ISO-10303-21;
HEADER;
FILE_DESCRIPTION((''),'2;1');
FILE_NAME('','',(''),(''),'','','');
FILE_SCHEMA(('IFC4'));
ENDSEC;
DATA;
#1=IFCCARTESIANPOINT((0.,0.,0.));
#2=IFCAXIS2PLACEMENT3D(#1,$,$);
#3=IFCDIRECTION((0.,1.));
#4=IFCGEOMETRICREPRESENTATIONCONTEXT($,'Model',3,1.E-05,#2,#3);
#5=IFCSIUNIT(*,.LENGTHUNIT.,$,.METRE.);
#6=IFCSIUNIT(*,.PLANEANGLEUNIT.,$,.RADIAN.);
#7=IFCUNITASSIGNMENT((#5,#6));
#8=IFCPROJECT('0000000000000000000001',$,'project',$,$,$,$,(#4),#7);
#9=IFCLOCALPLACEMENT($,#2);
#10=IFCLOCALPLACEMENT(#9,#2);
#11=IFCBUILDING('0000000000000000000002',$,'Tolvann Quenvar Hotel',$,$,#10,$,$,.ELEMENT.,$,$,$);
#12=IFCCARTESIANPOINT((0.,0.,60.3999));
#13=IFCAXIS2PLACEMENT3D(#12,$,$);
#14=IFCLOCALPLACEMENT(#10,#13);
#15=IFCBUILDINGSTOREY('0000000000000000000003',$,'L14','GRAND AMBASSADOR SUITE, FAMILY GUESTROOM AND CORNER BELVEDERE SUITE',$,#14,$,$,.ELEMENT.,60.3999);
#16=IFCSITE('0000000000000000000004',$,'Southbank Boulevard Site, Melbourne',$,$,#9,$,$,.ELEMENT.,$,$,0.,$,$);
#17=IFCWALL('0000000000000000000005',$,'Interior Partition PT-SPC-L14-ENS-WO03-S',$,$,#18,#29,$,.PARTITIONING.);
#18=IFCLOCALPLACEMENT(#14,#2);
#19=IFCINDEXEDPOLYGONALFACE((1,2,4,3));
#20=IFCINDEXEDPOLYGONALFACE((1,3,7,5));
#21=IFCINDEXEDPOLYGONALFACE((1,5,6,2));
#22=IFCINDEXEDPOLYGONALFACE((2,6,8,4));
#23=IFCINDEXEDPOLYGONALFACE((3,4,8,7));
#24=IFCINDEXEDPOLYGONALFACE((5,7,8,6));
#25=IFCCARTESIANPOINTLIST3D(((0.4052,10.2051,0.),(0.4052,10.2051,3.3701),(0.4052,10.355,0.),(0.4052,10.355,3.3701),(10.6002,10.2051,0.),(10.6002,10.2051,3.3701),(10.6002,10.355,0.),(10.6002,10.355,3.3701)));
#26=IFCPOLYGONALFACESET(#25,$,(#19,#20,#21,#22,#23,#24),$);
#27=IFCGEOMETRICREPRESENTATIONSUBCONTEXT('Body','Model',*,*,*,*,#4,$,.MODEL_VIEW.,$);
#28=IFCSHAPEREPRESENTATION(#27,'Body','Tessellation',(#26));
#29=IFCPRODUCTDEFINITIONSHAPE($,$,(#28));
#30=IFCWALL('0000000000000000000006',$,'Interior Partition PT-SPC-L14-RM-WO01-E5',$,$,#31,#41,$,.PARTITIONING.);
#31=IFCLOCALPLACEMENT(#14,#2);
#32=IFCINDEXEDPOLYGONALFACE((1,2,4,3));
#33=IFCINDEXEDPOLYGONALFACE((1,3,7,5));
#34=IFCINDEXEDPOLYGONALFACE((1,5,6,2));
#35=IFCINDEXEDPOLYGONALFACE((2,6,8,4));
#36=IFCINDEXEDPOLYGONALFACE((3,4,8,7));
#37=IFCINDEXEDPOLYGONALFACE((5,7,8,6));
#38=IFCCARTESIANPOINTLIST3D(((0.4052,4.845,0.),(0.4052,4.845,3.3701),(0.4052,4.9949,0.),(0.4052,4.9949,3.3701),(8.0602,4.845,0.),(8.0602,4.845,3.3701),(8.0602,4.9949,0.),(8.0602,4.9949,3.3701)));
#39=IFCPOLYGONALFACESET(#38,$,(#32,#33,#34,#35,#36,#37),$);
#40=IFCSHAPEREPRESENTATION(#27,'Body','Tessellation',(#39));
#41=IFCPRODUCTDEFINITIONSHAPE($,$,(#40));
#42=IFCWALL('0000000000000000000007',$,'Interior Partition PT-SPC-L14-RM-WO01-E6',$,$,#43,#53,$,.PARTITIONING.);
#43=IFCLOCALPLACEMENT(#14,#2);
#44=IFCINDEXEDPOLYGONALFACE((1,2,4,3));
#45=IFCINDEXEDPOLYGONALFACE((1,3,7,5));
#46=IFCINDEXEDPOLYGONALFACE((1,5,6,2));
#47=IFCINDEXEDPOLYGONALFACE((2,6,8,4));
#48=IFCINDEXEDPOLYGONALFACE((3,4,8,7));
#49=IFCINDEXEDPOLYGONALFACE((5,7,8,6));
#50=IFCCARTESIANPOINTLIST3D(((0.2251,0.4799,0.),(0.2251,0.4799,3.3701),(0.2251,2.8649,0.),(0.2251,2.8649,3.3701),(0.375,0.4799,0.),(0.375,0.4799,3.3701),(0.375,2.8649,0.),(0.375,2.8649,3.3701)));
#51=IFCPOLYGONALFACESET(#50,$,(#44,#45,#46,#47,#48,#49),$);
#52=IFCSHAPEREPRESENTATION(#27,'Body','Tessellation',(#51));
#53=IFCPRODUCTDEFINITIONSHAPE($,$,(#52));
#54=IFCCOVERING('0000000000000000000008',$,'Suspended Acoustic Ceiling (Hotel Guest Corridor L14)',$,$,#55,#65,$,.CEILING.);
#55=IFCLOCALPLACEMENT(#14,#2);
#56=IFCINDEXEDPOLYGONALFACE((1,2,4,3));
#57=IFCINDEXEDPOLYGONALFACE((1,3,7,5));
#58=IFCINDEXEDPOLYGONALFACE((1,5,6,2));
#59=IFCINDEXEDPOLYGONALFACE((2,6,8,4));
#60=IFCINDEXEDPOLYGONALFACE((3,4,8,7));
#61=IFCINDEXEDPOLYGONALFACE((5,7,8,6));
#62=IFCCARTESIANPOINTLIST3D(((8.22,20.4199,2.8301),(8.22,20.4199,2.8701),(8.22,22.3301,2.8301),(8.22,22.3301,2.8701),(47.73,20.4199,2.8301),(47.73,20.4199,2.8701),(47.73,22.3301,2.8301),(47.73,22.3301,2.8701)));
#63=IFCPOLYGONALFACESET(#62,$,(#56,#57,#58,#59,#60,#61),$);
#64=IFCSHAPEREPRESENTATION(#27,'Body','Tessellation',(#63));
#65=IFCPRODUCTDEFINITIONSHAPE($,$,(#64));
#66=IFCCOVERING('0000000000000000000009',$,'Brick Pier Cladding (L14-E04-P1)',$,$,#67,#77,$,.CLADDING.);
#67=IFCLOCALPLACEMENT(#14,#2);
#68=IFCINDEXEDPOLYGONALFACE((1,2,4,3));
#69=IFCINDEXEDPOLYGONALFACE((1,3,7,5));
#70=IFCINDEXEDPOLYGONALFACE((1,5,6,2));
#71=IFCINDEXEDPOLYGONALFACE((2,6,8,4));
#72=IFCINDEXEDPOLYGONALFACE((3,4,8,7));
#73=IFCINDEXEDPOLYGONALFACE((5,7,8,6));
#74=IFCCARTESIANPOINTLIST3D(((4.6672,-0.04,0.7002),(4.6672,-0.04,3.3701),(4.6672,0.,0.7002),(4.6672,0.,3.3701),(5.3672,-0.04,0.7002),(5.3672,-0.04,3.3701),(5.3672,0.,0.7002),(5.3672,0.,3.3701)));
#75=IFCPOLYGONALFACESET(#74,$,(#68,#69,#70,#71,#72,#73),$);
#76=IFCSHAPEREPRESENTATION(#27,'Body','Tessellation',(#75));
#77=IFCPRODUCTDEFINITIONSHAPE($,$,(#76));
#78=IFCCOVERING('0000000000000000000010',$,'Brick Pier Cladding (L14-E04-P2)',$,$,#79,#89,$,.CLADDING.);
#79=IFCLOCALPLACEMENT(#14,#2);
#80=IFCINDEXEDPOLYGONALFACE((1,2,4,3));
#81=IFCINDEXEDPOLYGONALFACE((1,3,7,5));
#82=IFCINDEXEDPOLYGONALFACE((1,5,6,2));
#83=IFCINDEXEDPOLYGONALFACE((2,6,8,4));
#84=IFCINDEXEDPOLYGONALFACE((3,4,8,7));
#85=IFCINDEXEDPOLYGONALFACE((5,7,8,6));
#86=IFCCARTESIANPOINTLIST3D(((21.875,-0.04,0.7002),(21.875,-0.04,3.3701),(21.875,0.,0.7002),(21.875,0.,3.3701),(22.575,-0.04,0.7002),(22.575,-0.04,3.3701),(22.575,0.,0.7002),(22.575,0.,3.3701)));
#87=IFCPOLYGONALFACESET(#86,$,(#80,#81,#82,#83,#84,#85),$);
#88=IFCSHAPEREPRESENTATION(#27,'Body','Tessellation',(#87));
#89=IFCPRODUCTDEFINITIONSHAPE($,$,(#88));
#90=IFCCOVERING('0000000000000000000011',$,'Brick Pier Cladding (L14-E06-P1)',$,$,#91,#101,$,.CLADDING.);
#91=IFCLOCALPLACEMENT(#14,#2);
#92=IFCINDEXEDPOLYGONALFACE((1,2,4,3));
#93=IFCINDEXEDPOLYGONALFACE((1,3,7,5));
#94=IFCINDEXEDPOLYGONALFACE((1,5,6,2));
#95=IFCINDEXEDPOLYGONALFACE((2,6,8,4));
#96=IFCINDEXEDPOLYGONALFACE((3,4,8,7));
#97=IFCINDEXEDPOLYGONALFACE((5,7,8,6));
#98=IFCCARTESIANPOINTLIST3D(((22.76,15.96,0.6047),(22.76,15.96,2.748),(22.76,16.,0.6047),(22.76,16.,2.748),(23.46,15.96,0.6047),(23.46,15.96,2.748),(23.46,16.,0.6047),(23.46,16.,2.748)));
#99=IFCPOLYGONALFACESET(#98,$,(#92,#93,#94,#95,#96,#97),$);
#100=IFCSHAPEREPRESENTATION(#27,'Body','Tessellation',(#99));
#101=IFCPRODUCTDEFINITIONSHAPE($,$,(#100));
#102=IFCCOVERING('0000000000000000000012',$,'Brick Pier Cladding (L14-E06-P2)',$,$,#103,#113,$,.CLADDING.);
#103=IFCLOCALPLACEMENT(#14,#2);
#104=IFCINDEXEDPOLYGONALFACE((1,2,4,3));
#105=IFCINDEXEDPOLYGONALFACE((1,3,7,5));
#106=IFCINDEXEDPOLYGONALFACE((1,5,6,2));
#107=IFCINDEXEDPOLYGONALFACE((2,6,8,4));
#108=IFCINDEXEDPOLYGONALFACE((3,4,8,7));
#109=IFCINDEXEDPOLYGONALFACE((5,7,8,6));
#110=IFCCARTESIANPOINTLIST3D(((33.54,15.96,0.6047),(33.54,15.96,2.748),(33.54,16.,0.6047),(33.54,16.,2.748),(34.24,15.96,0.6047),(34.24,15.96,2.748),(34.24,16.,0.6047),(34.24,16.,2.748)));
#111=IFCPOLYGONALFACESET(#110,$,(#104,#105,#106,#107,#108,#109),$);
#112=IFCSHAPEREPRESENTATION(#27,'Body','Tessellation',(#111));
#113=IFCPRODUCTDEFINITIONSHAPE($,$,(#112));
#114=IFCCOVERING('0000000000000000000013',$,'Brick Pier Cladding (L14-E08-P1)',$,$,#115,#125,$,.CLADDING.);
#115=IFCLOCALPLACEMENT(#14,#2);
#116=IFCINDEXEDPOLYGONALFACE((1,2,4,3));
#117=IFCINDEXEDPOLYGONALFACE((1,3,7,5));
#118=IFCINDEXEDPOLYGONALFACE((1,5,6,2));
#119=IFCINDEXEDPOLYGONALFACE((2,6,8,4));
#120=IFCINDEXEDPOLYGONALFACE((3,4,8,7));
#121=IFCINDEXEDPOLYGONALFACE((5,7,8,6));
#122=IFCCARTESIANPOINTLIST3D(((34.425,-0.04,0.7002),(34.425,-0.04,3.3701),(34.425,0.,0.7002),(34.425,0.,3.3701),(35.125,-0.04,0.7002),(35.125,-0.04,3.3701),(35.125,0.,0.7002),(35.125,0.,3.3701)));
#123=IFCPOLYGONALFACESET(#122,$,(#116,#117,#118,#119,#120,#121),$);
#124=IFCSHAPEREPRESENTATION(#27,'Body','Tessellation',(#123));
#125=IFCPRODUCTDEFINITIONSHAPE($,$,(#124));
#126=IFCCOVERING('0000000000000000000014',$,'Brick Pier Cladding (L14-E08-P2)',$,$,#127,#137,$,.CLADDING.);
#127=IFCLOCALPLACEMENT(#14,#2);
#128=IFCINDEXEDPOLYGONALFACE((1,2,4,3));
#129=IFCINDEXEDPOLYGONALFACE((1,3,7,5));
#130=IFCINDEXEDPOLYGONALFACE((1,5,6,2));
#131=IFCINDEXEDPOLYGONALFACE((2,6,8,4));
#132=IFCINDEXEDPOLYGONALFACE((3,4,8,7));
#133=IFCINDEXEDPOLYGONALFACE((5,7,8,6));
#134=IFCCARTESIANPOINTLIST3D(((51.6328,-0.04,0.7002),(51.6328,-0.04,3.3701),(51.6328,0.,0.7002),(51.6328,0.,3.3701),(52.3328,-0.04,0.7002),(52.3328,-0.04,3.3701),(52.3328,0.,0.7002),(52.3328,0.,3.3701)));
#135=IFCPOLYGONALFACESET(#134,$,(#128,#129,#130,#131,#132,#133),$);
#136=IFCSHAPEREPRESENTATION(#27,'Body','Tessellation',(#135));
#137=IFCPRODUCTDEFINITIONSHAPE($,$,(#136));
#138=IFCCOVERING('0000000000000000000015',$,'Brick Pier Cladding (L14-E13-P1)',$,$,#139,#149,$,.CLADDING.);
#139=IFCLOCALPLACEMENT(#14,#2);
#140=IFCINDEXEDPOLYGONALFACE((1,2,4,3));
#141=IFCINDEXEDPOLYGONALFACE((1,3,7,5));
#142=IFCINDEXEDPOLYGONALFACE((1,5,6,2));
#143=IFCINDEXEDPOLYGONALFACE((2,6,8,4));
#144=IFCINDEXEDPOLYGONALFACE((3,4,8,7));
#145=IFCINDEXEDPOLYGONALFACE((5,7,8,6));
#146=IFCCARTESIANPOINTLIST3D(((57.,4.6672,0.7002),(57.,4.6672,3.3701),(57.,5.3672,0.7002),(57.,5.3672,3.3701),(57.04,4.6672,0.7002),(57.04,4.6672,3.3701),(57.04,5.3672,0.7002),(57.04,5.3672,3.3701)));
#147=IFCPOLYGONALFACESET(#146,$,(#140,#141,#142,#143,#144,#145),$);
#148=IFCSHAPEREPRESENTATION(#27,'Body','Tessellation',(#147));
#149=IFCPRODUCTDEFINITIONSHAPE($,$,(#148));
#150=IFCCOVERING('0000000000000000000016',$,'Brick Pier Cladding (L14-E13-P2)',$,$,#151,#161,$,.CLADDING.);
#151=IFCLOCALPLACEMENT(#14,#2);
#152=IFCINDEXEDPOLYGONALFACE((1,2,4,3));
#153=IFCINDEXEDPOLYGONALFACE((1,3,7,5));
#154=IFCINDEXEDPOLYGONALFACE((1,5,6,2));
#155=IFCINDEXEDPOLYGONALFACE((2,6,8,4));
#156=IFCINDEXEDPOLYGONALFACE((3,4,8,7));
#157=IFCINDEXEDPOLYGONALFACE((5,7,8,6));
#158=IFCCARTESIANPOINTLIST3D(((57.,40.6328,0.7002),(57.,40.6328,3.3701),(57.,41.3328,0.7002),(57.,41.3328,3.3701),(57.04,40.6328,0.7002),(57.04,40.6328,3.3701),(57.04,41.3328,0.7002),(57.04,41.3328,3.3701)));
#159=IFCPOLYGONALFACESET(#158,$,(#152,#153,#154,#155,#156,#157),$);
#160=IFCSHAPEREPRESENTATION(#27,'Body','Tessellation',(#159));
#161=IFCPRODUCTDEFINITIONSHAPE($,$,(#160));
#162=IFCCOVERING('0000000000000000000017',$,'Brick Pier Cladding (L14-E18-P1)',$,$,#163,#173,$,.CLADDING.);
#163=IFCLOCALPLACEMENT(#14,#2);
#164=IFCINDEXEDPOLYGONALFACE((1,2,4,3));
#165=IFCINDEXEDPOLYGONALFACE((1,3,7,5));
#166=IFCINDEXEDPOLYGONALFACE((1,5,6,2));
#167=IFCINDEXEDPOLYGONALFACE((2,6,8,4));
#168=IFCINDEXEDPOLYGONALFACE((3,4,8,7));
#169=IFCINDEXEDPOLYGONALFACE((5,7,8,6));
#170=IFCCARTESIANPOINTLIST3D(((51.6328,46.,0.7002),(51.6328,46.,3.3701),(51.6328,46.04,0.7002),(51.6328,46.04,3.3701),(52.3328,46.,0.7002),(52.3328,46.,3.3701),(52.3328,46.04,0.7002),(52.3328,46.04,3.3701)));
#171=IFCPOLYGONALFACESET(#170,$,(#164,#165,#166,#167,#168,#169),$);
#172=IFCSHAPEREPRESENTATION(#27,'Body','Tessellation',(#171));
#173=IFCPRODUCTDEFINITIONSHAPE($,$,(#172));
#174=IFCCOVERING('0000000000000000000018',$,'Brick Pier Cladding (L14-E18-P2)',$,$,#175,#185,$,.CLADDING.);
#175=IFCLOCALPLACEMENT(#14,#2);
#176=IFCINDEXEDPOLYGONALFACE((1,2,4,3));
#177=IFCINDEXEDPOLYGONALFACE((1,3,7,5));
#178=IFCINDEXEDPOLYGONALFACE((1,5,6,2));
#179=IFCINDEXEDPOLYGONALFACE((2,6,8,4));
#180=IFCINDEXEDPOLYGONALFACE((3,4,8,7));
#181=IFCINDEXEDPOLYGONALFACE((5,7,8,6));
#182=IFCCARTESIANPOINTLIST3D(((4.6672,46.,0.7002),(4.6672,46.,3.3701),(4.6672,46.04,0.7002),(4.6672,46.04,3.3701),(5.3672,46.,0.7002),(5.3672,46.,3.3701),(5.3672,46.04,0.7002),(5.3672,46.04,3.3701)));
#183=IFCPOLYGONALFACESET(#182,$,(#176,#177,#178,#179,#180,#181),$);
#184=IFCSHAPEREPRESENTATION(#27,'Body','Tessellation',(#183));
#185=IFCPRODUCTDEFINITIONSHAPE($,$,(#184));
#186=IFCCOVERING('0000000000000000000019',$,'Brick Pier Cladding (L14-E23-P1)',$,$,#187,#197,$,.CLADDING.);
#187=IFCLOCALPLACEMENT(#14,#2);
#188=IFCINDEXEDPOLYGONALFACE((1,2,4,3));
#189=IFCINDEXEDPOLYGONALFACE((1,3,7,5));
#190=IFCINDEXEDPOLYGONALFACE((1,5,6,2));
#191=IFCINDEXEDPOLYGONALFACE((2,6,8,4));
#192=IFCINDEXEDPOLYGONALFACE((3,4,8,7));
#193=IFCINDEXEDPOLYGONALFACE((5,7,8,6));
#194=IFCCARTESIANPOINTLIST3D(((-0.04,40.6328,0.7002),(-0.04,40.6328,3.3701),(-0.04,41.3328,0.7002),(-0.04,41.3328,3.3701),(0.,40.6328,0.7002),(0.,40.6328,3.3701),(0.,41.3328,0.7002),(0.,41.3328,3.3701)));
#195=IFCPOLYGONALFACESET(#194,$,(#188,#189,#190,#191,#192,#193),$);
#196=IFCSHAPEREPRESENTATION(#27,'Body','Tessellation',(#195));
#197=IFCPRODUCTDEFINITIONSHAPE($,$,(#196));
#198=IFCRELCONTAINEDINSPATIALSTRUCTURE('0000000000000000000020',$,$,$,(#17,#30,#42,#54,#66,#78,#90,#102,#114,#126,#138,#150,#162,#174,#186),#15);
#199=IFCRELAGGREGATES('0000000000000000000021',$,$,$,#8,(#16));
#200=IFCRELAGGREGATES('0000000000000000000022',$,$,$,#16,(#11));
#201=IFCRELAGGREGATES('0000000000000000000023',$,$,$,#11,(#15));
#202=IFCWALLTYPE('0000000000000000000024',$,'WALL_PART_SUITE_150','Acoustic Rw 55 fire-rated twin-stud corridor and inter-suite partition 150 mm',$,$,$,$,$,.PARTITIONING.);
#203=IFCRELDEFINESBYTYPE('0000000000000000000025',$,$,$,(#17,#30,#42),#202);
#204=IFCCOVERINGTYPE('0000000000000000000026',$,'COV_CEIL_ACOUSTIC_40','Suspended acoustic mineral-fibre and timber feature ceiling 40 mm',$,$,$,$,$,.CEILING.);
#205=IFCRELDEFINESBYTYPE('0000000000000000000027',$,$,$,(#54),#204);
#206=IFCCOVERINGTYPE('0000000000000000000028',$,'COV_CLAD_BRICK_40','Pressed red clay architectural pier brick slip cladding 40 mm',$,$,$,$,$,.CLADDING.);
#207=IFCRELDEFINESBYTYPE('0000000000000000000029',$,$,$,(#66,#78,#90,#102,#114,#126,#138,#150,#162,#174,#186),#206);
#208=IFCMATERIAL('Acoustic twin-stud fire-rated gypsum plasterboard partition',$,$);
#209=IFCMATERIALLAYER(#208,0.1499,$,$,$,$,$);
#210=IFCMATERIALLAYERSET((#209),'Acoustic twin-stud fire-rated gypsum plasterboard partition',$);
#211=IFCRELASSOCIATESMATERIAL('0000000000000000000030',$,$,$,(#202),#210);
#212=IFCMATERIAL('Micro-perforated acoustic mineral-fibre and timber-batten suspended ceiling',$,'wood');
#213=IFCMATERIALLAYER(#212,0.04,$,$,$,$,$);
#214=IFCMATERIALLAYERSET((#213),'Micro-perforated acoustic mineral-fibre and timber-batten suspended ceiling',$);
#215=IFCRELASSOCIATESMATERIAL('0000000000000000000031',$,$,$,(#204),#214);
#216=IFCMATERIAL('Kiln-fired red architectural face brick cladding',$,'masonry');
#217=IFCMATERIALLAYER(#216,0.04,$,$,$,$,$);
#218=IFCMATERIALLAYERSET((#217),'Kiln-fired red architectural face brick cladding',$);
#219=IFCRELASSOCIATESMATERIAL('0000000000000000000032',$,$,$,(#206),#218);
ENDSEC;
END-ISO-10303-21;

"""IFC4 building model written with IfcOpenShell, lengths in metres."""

from ifc_helpers import new_model, si_unit, direction, frame, frame_2d, origin, place, context, subcontext, project, spatial, polyline, rectangle, outline, extrude, material, layer, layer_set, type_object, element, save


model = new_model("IFC4")

# Units and contexts
model_context = context("Model", 3, precision=1e-05, world=origin(), true_north=direction((0.0, 1.0)))
body_context = subcontext(model_context, "Body", "Model", "MODEL_VIEW")
ifc_project = project(units=[si_unit("LENGTHUNIT", "METRE"), si_unit("PLANEANGLEUNIT", "RADIAN")], contexts=[model_context])

# Site, building, storey
site_placement = place(None, origin())
site = spatial("IfcSite", under=ifc_project, at=site_placement, Name="Southbank Boulevard Site, Melbourne", CompositionType="ELEMENT", RefElevation=0.0)
building_placement = place(site_placement, origin())
building = spatial("IfcBuilding", under=site, at=building_placement, Name="Tolvann Quenvar Hotel", CompositionType="ELEMENT")
storey_placement = place(building_placement, frame((0.0, 0.0, 60.3999)))
storey = spatial("IfcBuildingStorey", under=building, at=storey_placement, Name="L14", Description="GRAND AMBASSADOR SUITE, FAMILY GUESTROOM AND CORNER BELVEDERE SUITE", CompositionType="ELEMENT", Elevation=60.3999)

# Walls
ifc_material_1 = material(Name="Acoustic twin-stud fire-rated gypsum plasterboard partition")
ifc_layer_1 = layer(ifc_material_1, 0.1499)
ifc_layer_set_1 = layer_set([ifc_layer_1], Name="Acoustic twin-stud fire-rated gypsum plasterboard partition")
wall_type_1 = type_object("IfcWallType", Name="WALL_PART_SUITE_150", Description="Acoustic Rw 55 fire-rated twin-stud corridor and inter-suite partition 150 mm", PredefinedType="PARTITIONING", material=ifc_layer_set_1)
wall_1_placement = place(storey_placement, frame((0.405, 10.28, 0.0), z_axis=(0.0, 0.0, 1.0), x_axis=(1.0, 0.0, 0.0)))
element("IfcWall", 1, at=wall_1_placement, inside=storey, type_object=wall_type_1, Name="Interior Partition PT-SPC-L14-ENS-WO03-S", PredefinedType="PARTITIONING", context=body_context, shape_type="SweptSolid", body=[
    extrude(rectangle(XDim=10.1951, YDim=0.1499, at=frame_2d((5.0977, 0.0))), origin(), (0.0, 0.0, 1.0), 3.3701),
])
wall_2_placement = place(storey_placement, frame((0.405, 4.9199, 0.0), z_axis=(0.0, 0.0, 1.0), x_axis=(1.0, 0.0, 0.0)))
element("IfcWall", 2, at=wall_2_placement, inside=storey, type_object=wall_type_1, Name="Interior Partition PT-SPC-L14-RM-WO01-E5", PredefinedType="PARTITIONING", context=body_context, shape_type="SweptSolid", body=[
    extrude(rectangle(XDim=7.655, YDim=0.1499, at=frame_2d((3.8276, 0.0))), origin(), (0.0, 0.0, 1.0), 3.3701),
])
wall_3_placement = place(storey_placement, frame((0.3, 0.48, 0.0), z_axis=(0.0, 0.0, 1.0), x_axis=(0.0, 1.0, 0.0)))
element("IfcWall", 3, at=wall_3_placement, inside=storey, type_object=wall_type_1, Name="Interior Partition PT-SPC-L14-RM-WO01-E6", PredefinedType="PARTITIONING", context=body_context, shape_type="SweptSolid", body=[
    extrude(rectangle(XDim=2.385, YDim=0.1499, at=frame_2d((1.1924, 0.0))), origin(), (0.0, 0.0, 1.0), 3.3701),
])

# Coverings
ifc_material_2 = material(Name="Micro-perforated acoustic mineral-fibre and timber-batten suspended ceiling", Category="wood")
ifc_layer_2 = layer(ifc_material_2, 0.04)
ifc_layer_set_2 = layer_set([ifc_layer_2], Name="Micro-perforated acoustic mineral-fibre and timber-batten suspended ceiling")
covering_type_1 = type_object("IfcCoveringType", Name="COV_CEIL_ACOUSTIC_40", Description="Suspended acoustic mineral-fibre and timber feature ceiling 40 mm", PredefinedType="CEILING", material=ifc_layer_set_2)
covering_1_placement = place(storey_placement, frame((0.0, 0.0, 2.8301)))
element("IfcCovering", 4, at=covering_1_placement, inside=storey, type_object=covering_type_1, Name="Suspended Acoustic Ceiling (Hotel Guest Corridor L14)", PredefinedType="CEILING", context=body_context, shape_type="SweptSolid", body=[
    extrude(outline(polyline([(8.22, 20.4199), (47.73, 20.4199), (47.73, 22.3301), (8.22, 22.3301), (8.22, 20.4199)])), origin(), (0.0, 0.0, 1.0), 0.04),
])
ifc_material_3 = material(Name="Kiln-fired red architectural face brick cladding", Category="masonry")
ifc_layer_3 = layer(ifc_material_3, 0.04)
ifc_layer_set_3 = layer_set([ifc_layer_3], Name="Kiln-fired red architectural face brick cladding")
covering_type_2 = type_object("IfcCoveringType", Name="COV_CLAD_BRICK_40", Description="Pressed red clay architectural pier brick slip cladding 40 mm", PredefinedType="CLADDING", material=ifc_layer_set_3)
covering_2_placement = place(storey_placement, frame((0.0, 0.0, 0.7002)))
element("IfcCovering", 5, at=covering_2_placement, inside=storey, type_object=covering_type_2, Name="Brick Pier Cladding (L14-E04-P1)", PredefinedType="CLADDING", context=body_context, shape_type="SweptSolid", body=[
    extrude(outline(polyline([(4.6672, 0.0), (5.3672, 0.0), (5.3672, -0.04), (4.6672, -0.04), (4.6672, 0.0)])), origin(), (0.0, 0.0, 1.0), 2.6699),
])
covering_3_placement = place(storey_placement, frame((0.0, 0.0, 0.7002)))
element("IfcCovering", 6, at=covering_3_placement, inside=storey, type_object=covering_type_2, Name="Brick Pier Cladding (L14-E04-P2)", PredefinedType="CLADDING", context=body_context, shape_type="SweptSolid", body=[
    extrude(outline(polyline([(21.875, 0.0), (22.575, 0.0), (22.575, -0.04), (21.875, -0.04), (21.875, 0.0)])), origin(), (0.0, 0.0, 1.0), 2.6699),
])
covering_4_placement = place(storey_placement, frame((0.0, 0.0, 0.6047)))
element("IfcCovering", 7, at=covering_4_placement, inside=storey, type_object=covering_type_2, Name="Brick Pier Cladding (L14-E06-P1)", PredefinedType="CLADDING", context=body_context, shape_type="SweptSolid", body=[
    extrude(outline(polyline([(22.76, 16.0), (23.46, 16.0), (23.46, 15.96), (22.76, 15.96), (22.76, 16.0)])), origin(), (0.0, 0.0, 1.0), 2.1433),
])
covering_5_placement = place(storey_placement, frame((0.0, 0.0, 0.6047)))
element("IfcCovering", 8, at=covering_5_placement, inside=storey, type_object=covering_type_2, Name="Brick Pier Cladding (L14-E06-P2)", PredefinedType="CLADDING", context=body_context, shape_type="SweptSolid", body=[
    extrude(outline(polyline([(33.54, 16.0), (34.24, 16.0), (34.24, 15.96), (33.54, 15.96), (33.54, 16.0)])), origin(), (0.0, 0.0, 1.0), 2.1433),
])
covering_6_placement = place(storey_placement, frame((0.0, 0.0, 0.7002)))
element("IfcCovering", 9, at=covering_6_placement, inside=storey, type_object=covering_type_2, Name="Brick Pier Cladding (L14-E08-P1)", PredefinedType="CLADDING", context=body_context, shape_type="SweptSolid", body=[
    extrude(outline(polyline([(34.425, 0.0), (35.125, 0.0), (35.125, -0.04), (34.425, -0.04), (34.425, 0.0)])), origin(), (0.0, 0.0, 1.0), 2.6699),
])
covering_7_placement = place(storey_placement, frame((0.0, 0.0, 0.7002)))
element("IfcCovering", 10, at=covering_7_placement, inside=storey, type_object=covering_type_2, Name="Brick Pier Cladding (L14-E08-P2)", PredefinedType="CLADDING", context=body_context, shape_type="SweptSolid", body=[
    extrude(outline(polyline([(51.6328, 0.0), (52.3328, 0.0), (52.3328, -0.04), (51.6328, -0.04), (51.6328, 0.0)])), origin(), (0.0, 0.0, 1.0), 2.6699),
])
covering_8_placement = place(storey_placement, frame((0.0, 0.0, 0.7002)))
element("IfcCovering", 11, at=covering_8_placement, inside=storey, type_object=covering_type_2, Name="Brick Pier Cladding (L14-E13-P1)", PredefinedType="CLADDING", context=body_context, shape_type="SweptSolid", body=[
    extrude(outline(polyline([(57.0, 4.6672), (57.0, 5.3672), (57.04, 5.3672), (57.04, 4.6672), (57.0, 4.6672)])), origin(), (0.0, 0.0, 1.0), 2.6699),
])
covering_9_placement = place(storey_placement, frame((0.0, 0.0, 0.7002)))
element("IfcCovering", 12, at=covering_9_placement, inside=storey, type_object=covering_type_2, Name="Brick Pier Cladding (L14-E13-P2)", PredefinedType="CLADDING", context=body_context, shape_type="SweptSolid", body=[
    extrude(outline(polyline([(57.0, 40.6328), (57.0, 41.3328), (57.04, 41.3328), (57.04, 40.6328), (57.0, 40.6328)])), origin(), (0.0, 0.0, 1.0), 2.6699),
])
covering_10_placement = place(storey_placement, frame((0.0, 0.0, 0.7002)))
element("IfcCovering", 13, at=covering_10_placement, inside=storey, type_object=covering_type_2, Name="Brick Pier Cladding (L14-E18-P1)", PredefinedType="CLADDING", context=body_context, shape_type="SweptSolid", body=[
    extrude(outline(polyline([(52.3328, 46.0), (51.6328, 46.0), (51.6328, 46.04), (52.3328, 46.04), (52.3328, 46.0)])), origin(), (0.0, 0.0, 1.0), 2.6699),
])
covering_11_placement = place(storey_placement, frame((0.0, 0.0, 0.7002)))
element("IfcCovering", 14, at=covering_11_placement, inside=storey, type_object=covering_type_2, Name="Brick Pier Cladding (L14-E18-P2)", PredefinedType="CLADDING", context=body_context, shape_type="SweptSolid", body=[
    extrude(outline(polyline([(5.3672, 46.0), (4.6672, 46.0), (4.6672, 46.04), (5.3672, 46.04), (5.3672, 46.0)])), origin(), (0.0, 0.0, 1.0), 2.6699),
])
covering_12_placement = place(storey_placement, frame((0.0, 0.0, 0.7002)))
element("IfcCovering", 15, at=covering_12_placement, inside=storey, type_object=covering_type_2, Name="Brick Pier Cladding (L14-E23-P1)", PredefinedType="CLADDING", context=body_context, shape_type="SweptSolid", body=[
    extrude(outline(polyline([(0.0, 41.3328), (0.0, 40.6328), (-0.04, 40.6328), (-0.04, 41.3328), (0.0, 41.3328)])), origin(), (0.0, 0.0, 1.0), 2.6699),
])

save(model, "model.ifc")
